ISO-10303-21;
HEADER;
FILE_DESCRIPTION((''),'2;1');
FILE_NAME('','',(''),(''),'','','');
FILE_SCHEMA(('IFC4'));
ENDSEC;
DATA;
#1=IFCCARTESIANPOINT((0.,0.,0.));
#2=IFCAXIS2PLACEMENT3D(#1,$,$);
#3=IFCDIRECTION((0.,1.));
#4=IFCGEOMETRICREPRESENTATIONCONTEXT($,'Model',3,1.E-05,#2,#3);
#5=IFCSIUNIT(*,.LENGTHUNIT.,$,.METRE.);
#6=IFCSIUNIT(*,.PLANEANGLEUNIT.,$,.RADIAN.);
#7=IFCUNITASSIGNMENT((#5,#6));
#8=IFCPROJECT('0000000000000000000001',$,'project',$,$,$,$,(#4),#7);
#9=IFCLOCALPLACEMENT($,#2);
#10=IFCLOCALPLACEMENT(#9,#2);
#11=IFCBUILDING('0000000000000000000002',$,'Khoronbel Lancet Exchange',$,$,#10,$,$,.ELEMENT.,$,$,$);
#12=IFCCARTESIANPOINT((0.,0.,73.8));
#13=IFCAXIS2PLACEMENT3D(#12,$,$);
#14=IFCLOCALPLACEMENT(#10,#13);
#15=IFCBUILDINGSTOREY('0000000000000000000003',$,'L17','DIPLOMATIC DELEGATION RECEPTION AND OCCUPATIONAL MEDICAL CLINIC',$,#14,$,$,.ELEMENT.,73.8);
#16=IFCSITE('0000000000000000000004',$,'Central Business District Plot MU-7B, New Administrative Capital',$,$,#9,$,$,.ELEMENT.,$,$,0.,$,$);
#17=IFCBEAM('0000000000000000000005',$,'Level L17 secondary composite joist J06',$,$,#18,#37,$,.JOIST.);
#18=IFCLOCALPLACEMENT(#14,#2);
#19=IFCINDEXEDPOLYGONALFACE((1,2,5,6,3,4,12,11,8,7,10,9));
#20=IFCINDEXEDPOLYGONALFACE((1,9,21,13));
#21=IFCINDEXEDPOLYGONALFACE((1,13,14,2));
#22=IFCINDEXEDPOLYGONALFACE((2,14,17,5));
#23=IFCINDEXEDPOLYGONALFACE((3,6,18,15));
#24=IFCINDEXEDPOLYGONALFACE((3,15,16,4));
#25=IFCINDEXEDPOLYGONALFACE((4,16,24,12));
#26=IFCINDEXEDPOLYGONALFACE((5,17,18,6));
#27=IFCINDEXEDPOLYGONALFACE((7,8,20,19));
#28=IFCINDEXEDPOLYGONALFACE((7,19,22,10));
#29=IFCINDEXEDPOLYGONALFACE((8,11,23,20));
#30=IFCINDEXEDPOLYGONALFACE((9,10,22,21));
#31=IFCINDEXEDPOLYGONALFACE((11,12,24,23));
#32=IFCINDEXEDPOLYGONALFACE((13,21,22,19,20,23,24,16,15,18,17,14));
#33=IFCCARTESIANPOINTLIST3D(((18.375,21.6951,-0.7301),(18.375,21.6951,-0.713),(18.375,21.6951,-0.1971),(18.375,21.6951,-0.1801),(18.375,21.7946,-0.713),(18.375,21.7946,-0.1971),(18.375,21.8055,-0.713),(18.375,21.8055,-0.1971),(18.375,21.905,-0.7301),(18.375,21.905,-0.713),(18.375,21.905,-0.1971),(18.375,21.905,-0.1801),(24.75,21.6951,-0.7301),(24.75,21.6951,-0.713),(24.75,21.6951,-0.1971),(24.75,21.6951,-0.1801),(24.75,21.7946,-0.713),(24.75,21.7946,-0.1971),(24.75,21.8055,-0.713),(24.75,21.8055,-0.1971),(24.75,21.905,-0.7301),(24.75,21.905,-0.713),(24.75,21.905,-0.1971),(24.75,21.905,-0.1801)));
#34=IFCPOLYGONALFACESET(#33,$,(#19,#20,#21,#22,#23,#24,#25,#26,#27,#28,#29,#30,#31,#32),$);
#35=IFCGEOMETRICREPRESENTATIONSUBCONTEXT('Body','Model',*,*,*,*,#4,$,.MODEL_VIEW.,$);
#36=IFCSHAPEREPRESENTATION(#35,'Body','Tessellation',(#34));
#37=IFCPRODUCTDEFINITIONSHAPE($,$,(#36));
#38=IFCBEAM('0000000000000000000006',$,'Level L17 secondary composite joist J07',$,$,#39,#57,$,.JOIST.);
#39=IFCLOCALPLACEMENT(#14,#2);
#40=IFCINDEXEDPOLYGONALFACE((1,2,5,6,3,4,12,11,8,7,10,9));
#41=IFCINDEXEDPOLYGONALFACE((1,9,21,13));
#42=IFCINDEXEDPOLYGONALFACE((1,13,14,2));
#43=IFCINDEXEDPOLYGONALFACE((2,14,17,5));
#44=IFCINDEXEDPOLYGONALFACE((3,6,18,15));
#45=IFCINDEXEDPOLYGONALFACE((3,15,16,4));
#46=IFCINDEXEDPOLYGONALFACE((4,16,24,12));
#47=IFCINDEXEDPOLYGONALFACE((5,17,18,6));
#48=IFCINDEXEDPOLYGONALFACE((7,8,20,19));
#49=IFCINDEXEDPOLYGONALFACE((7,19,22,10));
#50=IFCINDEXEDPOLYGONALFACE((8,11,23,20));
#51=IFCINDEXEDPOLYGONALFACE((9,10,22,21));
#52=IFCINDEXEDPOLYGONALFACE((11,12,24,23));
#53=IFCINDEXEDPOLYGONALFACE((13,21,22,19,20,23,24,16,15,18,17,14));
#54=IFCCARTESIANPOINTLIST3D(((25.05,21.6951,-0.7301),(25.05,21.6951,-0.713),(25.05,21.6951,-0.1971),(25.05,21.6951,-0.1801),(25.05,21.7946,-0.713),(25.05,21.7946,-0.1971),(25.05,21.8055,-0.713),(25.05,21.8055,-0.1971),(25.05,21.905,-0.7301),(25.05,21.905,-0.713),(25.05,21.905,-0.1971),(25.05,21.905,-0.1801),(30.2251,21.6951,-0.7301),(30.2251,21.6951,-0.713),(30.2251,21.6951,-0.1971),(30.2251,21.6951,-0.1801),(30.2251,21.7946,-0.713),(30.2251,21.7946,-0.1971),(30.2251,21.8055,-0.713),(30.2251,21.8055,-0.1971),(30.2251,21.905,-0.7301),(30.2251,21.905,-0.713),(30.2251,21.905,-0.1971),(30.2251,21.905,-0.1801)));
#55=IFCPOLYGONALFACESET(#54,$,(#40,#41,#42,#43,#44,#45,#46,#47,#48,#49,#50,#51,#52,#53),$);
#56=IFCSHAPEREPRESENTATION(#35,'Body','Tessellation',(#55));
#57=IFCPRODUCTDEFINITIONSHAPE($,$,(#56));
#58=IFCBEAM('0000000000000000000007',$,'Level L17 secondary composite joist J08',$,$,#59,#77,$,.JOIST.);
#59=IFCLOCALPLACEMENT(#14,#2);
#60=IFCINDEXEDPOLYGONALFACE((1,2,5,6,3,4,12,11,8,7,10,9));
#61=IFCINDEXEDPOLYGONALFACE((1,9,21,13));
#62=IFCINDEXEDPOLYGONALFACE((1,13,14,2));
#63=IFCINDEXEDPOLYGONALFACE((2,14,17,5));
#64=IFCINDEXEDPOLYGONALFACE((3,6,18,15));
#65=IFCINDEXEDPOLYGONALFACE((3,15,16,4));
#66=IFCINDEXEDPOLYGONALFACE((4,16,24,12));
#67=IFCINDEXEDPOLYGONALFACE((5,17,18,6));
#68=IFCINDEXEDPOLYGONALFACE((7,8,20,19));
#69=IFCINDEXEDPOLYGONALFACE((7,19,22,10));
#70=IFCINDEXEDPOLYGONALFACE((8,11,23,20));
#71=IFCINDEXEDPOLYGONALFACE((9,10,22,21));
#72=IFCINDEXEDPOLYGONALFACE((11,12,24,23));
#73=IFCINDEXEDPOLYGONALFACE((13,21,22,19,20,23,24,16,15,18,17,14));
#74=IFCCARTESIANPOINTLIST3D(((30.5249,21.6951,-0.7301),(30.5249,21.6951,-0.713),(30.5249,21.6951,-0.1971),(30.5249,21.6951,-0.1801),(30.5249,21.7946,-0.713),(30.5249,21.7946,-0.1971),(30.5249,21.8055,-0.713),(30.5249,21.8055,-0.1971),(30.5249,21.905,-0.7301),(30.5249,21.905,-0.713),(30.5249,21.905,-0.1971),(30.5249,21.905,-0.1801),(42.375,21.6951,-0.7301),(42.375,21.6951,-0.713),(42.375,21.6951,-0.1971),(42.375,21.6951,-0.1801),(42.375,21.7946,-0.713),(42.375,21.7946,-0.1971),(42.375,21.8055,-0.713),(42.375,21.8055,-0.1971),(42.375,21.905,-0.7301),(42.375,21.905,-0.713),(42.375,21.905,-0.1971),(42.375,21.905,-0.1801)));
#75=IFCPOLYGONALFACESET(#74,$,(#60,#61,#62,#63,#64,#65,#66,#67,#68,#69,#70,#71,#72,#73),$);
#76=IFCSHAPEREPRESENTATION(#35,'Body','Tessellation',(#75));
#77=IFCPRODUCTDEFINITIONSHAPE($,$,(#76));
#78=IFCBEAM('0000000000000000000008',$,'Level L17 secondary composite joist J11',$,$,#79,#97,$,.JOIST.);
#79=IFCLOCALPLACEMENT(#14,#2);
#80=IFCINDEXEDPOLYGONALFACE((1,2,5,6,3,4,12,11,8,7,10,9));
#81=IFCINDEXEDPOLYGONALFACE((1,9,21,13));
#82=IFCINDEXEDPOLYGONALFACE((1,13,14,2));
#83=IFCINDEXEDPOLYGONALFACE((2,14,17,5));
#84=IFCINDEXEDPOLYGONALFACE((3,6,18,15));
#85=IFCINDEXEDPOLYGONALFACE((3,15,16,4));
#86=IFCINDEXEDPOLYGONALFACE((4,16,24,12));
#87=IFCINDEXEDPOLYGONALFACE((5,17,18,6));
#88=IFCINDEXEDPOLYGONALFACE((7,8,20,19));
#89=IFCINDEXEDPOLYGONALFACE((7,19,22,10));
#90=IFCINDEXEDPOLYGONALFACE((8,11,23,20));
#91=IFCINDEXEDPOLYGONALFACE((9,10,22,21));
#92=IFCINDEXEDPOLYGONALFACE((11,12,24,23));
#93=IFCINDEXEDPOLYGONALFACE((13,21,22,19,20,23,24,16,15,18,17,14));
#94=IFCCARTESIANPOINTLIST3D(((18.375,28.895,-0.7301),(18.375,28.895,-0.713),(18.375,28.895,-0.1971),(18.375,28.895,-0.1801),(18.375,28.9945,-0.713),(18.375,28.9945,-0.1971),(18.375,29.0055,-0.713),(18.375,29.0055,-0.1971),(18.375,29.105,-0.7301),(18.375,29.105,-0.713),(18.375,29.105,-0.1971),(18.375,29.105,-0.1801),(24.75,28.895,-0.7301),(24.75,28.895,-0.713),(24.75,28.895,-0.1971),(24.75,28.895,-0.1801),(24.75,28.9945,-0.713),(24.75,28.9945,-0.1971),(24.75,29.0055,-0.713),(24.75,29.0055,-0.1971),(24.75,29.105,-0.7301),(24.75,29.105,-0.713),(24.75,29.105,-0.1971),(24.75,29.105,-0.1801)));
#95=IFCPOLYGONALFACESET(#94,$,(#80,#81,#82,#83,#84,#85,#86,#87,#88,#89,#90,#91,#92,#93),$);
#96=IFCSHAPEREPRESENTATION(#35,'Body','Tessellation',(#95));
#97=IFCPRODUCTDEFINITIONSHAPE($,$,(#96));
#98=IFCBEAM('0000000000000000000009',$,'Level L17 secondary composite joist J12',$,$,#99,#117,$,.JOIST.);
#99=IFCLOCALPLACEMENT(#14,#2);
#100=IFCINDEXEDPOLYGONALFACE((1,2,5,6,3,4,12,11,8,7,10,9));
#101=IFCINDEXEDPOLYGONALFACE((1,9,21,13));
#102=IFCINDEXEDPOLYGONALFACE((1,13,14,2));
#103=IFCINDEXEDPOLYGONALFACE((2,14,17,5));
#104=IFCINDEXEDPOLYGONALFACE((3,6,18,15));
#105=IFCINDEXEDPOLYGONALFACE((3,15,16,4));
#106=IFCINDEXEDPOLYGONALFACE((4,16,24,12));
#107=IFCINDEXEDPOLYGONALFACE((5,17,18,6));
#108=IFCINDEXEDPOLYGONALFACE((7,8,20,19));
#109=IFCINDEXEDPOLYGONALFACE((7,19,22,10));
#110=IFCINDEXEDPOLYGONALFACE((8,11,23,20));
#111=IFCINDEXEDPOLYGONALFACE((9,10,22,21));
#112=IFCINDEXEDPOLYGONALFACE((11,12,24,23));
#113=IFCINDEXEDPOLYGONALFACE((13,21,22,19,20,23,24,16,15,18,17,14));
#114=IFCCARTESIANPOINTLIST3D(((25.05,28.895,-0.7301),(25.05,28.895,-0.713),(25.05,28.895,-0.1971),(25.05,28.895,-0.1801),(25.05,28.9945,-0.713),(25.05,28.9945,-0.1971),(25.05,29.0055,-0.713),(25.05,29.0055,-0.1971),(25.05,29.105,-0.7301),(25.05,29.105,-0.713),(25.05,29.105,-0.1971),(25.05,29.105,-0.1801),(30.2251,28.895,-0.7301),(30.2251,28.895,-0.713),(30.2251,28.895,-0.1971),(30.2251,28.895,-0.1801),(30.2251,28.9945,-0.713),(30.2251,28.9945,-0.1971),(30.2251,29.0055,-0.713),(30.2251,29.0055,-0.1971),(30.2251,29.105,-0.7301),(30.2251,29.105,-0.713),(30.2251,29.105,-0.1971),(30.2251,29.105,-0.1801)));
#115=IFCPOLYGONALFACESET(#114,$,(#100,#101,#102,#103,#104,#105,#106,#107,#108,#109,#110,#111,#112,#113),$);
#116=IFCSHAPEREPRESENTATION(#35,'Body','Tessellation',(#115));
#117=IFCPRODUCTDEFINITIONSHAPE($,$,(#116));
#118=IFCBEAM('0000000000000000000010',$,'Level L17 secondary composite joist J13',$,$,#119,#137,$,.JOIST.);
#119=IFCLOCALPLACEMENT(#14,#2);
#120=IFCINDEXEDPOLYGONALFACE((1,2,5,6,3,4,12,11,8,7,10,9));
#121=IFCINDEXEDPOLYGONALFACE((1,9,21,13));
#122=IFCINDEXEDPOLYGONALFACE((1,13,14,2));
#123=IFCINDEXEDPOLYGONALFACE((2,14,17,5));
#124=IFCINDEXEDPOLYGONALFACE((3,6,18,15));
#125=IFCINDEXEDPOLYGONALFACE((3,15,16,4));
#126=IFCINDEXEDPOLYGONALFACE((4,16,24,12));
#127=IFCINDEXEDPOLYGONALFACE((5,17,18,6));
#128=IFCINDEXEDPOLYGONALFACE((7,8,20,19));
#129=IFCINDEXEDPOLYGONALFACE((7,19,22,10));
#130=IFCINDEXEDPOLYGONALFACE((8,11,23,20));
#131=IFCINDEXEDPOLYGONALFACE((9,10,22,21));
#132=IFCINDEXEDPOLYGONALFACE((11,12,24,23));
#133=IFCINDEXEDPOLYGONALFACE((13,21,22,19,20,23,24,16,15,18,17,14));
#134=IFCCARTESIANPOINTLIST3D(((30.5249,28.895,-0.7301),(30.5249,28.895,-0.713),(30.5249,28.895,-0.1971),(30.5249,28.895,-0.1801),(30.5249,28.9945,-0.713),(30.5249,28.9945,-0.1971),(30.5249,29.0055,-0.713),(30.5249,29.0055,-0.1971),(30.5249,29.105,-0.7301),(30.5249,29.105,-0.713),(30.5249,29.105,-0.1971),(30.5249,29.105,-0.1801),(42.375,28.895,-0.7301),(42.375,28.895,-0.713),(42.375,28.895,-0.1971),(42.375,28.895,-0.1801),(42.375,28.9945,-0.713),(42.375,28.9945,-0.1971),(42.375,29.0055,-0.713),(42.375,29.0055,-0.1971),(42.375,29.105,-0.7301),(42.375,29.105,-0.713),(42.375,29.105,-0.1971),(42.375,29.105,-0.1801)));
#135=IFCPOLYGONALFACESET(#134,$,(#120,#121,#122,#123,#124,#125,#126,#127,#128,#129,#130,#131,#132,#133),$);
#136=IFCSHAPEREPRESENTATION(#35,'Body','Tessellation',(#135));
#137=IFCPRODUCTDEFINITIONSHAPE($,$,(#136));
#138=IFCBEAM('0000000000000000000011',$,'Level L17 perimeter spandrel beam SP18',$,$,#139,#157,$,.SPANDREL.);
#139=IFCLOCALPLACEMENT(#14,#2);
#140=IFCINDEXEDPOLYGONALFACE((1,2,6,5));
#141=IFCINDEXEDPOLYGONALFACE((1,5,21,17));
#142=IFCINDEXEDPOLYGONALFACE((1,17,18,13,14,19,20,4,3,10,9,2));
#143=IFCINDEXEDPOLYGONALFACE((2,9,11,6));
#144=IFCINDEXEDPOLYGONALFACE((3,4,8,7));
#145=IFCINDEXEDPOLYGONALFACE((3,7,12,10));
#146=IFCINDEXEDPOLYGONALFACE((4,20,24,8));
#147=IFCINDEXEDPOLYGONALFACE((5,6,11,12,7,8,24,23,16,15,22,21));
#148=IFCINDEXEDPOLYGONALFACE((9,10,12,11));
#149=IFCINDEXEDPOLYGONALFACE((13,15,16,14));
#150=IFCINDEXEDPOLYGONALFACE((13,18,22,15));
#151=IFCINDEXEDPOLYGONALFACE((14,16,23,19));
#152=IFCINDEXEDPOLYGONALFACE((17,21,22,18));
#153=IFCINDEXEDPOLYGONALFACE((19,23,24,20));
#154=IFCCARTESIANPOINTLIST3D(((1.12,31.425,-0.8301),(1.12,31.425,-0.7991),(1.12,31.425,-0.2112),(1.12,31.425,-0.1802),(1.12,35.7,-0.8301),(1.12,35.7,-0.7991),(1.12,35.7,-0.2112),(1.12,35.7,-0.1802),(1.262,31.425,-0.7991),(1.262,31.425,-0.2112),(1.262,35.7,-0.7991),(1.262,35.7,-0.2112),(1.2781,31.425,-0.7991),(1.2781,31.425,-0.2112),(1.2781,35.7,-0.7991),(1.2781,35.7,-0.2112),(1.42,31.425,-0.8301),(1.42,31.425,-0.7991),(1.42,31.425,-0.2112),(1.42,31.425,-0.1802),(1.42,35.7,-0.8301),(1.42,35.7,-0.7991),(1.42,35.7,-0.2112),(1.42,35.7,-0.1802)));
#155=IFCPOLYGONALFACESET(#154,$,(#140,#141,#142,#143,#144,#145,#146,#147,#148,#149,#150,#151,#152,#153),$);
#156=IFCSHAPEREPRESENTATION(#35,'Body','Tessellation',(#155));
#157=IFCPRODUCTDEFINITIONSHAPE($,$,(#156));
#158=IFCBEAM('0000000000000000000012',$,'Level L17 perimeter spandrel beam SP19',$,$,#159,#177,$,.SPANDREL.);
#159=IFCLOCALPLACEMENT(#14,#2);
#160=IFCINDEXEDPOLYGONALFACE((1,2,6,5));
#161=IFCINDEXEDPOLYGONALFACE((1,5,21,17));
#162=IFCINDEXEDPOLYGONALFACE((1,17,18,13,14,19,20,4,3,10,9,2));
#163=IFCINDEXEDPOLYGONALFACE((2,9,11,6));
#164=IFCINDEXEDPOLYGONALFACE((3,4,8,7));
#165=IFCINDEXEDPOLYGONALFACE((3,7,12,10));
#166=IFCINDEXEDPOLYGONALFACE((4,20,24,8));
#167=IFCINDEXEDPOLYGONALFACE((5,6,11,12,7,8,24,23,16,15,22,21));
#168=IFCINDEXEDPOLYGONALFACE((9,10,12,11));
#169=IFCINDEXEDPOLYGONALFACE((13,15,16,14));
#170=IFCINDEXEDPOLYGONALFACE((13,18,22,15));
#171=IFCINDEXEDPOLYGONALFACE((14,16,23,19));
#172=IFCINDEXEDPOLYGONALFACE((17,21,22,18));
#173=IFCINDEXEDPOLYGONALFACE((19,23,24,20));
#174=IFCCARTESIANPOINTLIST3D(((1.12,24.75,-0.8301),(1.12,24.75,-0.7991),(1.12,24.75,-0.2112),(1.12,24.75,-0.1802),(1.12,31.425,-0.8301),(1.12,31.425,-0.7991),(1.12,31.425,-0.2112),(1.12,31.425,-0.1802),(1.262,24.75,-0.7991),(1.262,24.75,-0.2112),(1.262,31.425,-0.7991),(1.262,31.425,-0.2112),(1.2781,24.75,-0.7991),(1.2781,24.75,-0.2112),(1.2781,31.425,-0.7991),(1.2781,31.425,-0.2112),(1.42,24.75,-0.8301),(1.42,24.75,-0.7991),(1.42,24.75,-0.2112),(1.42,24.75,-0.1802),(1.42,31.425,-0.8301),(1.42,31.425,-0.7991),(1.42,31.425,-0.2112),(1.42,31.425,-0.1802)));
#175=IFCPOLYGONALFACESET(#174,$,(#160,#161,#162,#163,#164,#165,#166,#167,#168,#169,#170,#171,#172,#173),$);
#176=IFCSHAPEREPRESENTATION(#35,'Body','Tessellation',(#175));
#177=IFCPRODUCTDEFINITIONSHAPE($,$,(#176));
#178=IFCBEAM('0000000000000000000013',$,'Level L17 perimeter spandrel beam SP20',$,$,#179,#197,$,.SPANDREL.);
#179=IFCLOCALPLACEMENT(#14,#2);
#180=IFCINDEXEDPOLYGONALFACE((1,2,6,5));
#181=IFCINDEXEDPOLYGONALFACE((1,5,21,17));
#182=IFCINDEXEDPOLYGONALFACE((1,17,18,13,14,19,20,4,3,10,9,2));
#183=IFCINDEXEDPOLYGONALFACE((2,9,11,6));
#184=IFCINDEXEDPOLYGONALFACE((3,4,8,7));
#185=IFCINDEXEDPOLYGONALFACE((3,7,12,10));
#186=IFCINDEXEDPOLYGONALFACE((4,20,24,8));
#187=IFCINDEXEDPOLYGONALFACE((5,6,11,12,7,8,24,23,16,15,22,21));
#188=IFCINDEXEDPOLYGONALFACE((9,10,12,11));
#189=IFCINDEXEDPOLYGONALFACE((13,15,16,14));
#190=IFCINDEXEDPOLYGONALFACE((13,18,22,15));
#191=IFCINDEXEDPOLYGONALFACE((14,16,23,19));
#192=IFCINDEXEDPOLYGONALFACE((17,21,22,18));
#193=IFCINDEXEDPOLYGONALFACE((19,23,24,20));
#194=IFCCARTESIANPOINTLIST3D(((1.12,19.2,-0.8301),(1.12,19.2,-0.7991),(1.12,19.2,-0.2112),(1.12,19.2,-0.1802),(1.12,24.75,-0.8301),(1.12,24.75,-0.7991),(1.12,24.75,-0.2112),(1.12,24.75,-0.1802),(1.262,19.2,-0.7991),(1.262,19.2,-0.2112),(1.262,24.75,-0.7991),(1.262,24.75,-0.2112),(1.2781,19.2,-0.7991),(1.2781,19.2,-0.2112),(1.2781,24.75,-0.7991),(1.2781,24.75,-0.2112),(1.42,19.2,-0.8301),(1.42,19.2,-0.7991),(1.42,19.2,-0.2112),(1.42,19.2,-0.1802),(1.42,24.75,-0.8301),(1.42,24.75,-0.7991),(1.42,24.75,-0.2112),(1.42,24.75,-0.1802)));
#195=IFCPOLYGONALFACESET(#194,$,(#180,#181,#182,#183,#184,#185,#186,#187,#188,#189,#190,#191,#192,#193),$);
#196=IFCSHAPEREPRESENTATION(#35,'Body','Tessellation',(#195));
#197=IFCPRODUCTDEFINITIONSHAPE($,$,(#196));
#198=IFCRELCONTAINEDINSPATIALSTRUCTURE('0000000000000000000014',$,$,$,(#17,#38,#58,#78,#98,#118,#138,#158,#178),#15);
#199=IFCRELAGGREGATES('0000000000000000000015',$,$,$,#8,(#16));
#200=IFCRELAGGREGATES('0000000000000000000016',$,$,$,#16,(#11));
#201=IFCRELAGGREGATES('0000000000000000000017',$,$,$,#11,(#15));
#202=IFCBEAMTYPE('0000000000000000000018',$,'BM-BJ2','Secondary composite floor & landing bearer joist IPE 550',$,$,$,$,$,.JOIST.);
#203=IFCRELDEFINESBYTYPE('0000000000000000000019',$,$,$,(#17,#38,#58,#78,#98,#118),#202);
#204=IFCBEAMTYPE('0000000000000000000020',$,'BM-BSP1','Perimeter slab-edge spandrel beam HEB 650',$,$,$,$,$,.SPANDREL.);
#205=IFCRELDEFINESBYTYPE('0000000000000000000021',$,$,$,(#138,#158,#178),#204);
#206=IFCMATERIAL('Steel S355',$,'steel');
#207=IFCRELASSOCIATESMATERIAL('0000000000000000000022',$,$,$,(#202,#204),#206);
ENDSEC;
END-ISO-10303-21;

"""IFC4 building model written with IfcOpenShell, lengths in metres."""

from ifc_helpers import new_model, si_unit, direction, frame, origin, origin_2d, place, context, subcontext, project, spatial, i_section, extrude, material, material_profile, profile_set, type_object, element, save


model = new_model("IFC4")

# Units and contexts
model_context = context("Model", 3, precision=1e-05, world=origin(), true_north=direction((0.0, 1.0)))
body_context = subcontext(model_context, "Body", "Model", "MODEL_VIEW")
ifc_project = project(units=[si_unit("LENGTHUNIT", "METRE"), si_unit("PLANEANGLEUNIT", "RADIAN")], contexts=[model_context])

# Site, building, storey
site_placement = place(None, origin())
site = spatial("IfcSite", under=ifc_project, at=site_placement, Name="Central Business District Plot MU-7B, New Administrative Capital", CompositionType="ELEMENT", RefElevation=0.0)
building_placement = place(site_placement, origin())
building = spatial("IfcBuilding", under=site, at=building_placement, Name="Khoronbel Lancet Exchange", CompositionType="ELEMENT")
storey_placement = place(building_placement, frame((0.0, 0.0, 73.8)))
storey = spatial("IfcBuildingStorey", under=building, at=storey_placement, Name="L17", Description="DIPLOMATIC DELEGATION RECEPTION AND OCCUPATIONAL MEDICAL CLINIC", CompositionType="ELEMENT", Elevation=73.8)

# Shared definitions
ifc_material_1 = material(Name="Steel S355", Category="steel")

# Beams
ifc_material_profile_1 = material_profile(ifc_material_1, i_section(OverallWidth=0.21, OverallDepth=0.55, WebThickness=0.011, FlangeThickness=0.0171, at=origin_2d()), Name="IPE 550")
ifc_profile_set_1 = profile_set([ifc_material_profile_1], Name="Steel S355")
beam_type_1 = type_object("IfcBeamType", Name="BM-BJ2", Description="Secondary composite floor & landing bearer joist IPE 550", PredefinedType="JOIST", material=ifc_profile_set_1)
beam_1_placement = place(storey_placement, frame((18.375, 21.8, -0.4551), z_axis=(1.0, 0.0, 0.0), x_axis=(0.0, 1.0, 0.0)))
element("IfcBeam", 1, at=beam_1_placement, inside=storey, type_object=beam_type_1, Name="Level L17 secondary composite joist J06", PredefinedType="JOIST", context=body_context, shape_type="SweptSolid", body=[
    extrude(i_section(OverallWidth=0.21, OverallDepth=0.55, WebThickness=0.011, FlangeThickness=0.0171, at=origin_2d()), origin(), (0.0, 0.0, 1.0), 6.375),
])
beam_2_placement = place(storey_placement, frame((25.05, 21.8, -0.4551), z_axis=(1.0, 0.0, 0.0), x_axis=(0.0, 1.0, 0.0)))
element("IfcBeam", 2, at=beam_2_placement, inside=storey, type_object=beam_type_1, Name="Level L17 secondary composite joist J07", PredefinedType="JOIST", context=body_context, shape_type="SweptSolid", body=[
    extrude(i_section(OverallWidth=0.21, OverallDepth=0.55, WebThickness=0.011, FlangeThickness=0.0171, at=origin_2d()), origin(), (0.0, 0.0, 1.0), 5.175),
])
beam_3_placement = place(storey_placement, frame((30.5249, 21.8, -0.4551), z_axis=(1.0, 0.0, 0.0), x_axis=(0.0, 1.0, 0.0)))
element("IfcBeam", 3, at=beam_3_placement, inside=storey, type_object=beam_type_1, Name="Level L17 secondary composite joist J08", PredefinedType="JOIST", context=body_context, shape_type="SweptSolid", body=[
    extrude(i_section(OverallWidth=0.21, OverallDepth=0.55, WebThickness=0.011, FlangeThickness=0.0171, at=origin_2d()), origin(), (0.0, 0.0, 1.0), 11.8501),
])
beam_4_placement = place(storey_placement, frame((18.375, 29.0, -0.4551), z_axis=(1.0, 0.0, 0.0), x_axis=(0.0, 1.0, 0.0)))
element("IfcBeam", 4, at=beam_4_placement, inside=storey, type_object=beam_type_1, Name="Level L17 secondary composite joist J11", PredefinedType="JOIST", context=body_context, shape_type="SweptSolid", body=[
    extrude(i_section(OverallWidth=0.21, OverallDepth=0.55, WebThickness=0.011, FlangeThickness=0.0171, at=origin_2d()), origin(), (0.0, 0.0, 1.0), 6.375),
])
beam_5_placement = place(storey_placement, frame((25.05, 29.0, -0.4551), z_axis=(1.0, 0.0, 0.0), x_axis=(0.0, 1.0, 0.0)))
element("IfcBeam", 5, at=beam_5_placement, inside=storey, type_object=beam_type_1, Name="Level L17 secondary composite joist J12", PredefinedType="JOIST", context=body_context, shape_type="SweptSolid", body=[
    extrude(i_section(OverallWidth=0.21, OverallDepth=0.55, WebThickness=0.011, FlangeThickness=0.0171, at=origin_2d()), origin(), (0.0, 0.0, 1.0), 5.175),
])
beam_6_placement = place(storey_placement, frame((30.5249, 29.0, -0.4551), z_axis=(1.0, 0.0, 0.0), x_axis=(0.0, 1.0, 0.0)))
element("IfcBeam", 6, at=beam_6_placement, inside=storey, type_object=beam_type_1, Name="Level L17 secondary composite joist J13", PredefinedType="JOIST", context=body_context, shape_type="SweptSolid", body=[
    extrude(i_section(OverallWidth=0.21, OverallDepth=0.55, WebThickness=0.011, FlangeThickness=0.0171, at=origin_2d()), origin(), (0.0, 0.0, 1.0), 11.8501),
])
ifc_material_profile_2 = material_profile(ifc_material_1, i_section(OverallWidth=0.3, OverallDepth=0.6499, WebThickness=0.0161, FlangeThickness=0.031, at=origin_2d()), Name="HEB 650")
ifc_profile_set_2 = profile_set([ifc_material_profile_2], Name="Steel S355")
beam_type_2 = type_object("IfcBeamType", Name="BM-BSP1", Description="Perimeter slab-edge spandrel beam HEB 650", PredefinedType="SPANDREL", material=ifc_profile_set_2)
beam_7_placement = place(storey_placement, frame((1.27, 35.7, -0.5051), z_axis=(0.0, -1.0, 0.0), x_axis=(1.0, 0.0, 0.0)))
element("IfcBeam", 7, at=beam_7_placement, inside=storey, type_object=beam_type_2, Name="Level L17 perimeter spandrel beam SP18", PredefinedType="SPANDREL", context=body_context, shape_type="SweptSolid", body=[
    extrude(i_section(OverallWidth=0.3, OverallDepth=0.6499, WebThickness=0.0161, FlangeThickness=0.031, at=origin_2d()), origin(), (0.0, 0.0, 1.0), 4.2749),
])
beam_8_placement = place(storey_placement, frame((1.27, 31.425, -0.5051), z_axis=(0.0, -1.0, 0.0), x_axis=(1.0, 0.0, 0.0)))
element("IfcBeam", 8, at=beam_8_placement, inside=storey, type_object=beam_type_2, Name="Level L17 perimeter spandrel beam SP19", PredefinedType="SPANDREL", context=body_context, shape_type="SweptSolid", body=[
    extrude(i_section(OverallWidth=0.3, OverallDepth=0.6499, WebThickness=0.0161, FlangeThickness=0.031, at=origin_2d()), origin(), (0.0, 0.0, 1.0), 6.675),
])
beam_9_placement = place(storey_placement, frame((1.27, 24.75, -0.5051), z_axis=(0.0, -1.0, 0.0), x_axis=(1.0, 0.0, 0.0)))
element("IfcBeam", 9, at=beam_9_placement, inside=storey, type_object=beam_type_2, Name="Level L17 perimeter spandrel beam SP20", PredefinedType="SPANDREL", context=body_context, shape_type="SweptSolid", body=[
    extrude(i_section(OverallWidth=0.3, OverallDepth=0.6499, WebThickness=0.0161, FlangeThickness=0.031, at=origin_2d()), origin(), (0.0, 0.0, 1.0), 5.55),
])

save(model, "model.ifc")
